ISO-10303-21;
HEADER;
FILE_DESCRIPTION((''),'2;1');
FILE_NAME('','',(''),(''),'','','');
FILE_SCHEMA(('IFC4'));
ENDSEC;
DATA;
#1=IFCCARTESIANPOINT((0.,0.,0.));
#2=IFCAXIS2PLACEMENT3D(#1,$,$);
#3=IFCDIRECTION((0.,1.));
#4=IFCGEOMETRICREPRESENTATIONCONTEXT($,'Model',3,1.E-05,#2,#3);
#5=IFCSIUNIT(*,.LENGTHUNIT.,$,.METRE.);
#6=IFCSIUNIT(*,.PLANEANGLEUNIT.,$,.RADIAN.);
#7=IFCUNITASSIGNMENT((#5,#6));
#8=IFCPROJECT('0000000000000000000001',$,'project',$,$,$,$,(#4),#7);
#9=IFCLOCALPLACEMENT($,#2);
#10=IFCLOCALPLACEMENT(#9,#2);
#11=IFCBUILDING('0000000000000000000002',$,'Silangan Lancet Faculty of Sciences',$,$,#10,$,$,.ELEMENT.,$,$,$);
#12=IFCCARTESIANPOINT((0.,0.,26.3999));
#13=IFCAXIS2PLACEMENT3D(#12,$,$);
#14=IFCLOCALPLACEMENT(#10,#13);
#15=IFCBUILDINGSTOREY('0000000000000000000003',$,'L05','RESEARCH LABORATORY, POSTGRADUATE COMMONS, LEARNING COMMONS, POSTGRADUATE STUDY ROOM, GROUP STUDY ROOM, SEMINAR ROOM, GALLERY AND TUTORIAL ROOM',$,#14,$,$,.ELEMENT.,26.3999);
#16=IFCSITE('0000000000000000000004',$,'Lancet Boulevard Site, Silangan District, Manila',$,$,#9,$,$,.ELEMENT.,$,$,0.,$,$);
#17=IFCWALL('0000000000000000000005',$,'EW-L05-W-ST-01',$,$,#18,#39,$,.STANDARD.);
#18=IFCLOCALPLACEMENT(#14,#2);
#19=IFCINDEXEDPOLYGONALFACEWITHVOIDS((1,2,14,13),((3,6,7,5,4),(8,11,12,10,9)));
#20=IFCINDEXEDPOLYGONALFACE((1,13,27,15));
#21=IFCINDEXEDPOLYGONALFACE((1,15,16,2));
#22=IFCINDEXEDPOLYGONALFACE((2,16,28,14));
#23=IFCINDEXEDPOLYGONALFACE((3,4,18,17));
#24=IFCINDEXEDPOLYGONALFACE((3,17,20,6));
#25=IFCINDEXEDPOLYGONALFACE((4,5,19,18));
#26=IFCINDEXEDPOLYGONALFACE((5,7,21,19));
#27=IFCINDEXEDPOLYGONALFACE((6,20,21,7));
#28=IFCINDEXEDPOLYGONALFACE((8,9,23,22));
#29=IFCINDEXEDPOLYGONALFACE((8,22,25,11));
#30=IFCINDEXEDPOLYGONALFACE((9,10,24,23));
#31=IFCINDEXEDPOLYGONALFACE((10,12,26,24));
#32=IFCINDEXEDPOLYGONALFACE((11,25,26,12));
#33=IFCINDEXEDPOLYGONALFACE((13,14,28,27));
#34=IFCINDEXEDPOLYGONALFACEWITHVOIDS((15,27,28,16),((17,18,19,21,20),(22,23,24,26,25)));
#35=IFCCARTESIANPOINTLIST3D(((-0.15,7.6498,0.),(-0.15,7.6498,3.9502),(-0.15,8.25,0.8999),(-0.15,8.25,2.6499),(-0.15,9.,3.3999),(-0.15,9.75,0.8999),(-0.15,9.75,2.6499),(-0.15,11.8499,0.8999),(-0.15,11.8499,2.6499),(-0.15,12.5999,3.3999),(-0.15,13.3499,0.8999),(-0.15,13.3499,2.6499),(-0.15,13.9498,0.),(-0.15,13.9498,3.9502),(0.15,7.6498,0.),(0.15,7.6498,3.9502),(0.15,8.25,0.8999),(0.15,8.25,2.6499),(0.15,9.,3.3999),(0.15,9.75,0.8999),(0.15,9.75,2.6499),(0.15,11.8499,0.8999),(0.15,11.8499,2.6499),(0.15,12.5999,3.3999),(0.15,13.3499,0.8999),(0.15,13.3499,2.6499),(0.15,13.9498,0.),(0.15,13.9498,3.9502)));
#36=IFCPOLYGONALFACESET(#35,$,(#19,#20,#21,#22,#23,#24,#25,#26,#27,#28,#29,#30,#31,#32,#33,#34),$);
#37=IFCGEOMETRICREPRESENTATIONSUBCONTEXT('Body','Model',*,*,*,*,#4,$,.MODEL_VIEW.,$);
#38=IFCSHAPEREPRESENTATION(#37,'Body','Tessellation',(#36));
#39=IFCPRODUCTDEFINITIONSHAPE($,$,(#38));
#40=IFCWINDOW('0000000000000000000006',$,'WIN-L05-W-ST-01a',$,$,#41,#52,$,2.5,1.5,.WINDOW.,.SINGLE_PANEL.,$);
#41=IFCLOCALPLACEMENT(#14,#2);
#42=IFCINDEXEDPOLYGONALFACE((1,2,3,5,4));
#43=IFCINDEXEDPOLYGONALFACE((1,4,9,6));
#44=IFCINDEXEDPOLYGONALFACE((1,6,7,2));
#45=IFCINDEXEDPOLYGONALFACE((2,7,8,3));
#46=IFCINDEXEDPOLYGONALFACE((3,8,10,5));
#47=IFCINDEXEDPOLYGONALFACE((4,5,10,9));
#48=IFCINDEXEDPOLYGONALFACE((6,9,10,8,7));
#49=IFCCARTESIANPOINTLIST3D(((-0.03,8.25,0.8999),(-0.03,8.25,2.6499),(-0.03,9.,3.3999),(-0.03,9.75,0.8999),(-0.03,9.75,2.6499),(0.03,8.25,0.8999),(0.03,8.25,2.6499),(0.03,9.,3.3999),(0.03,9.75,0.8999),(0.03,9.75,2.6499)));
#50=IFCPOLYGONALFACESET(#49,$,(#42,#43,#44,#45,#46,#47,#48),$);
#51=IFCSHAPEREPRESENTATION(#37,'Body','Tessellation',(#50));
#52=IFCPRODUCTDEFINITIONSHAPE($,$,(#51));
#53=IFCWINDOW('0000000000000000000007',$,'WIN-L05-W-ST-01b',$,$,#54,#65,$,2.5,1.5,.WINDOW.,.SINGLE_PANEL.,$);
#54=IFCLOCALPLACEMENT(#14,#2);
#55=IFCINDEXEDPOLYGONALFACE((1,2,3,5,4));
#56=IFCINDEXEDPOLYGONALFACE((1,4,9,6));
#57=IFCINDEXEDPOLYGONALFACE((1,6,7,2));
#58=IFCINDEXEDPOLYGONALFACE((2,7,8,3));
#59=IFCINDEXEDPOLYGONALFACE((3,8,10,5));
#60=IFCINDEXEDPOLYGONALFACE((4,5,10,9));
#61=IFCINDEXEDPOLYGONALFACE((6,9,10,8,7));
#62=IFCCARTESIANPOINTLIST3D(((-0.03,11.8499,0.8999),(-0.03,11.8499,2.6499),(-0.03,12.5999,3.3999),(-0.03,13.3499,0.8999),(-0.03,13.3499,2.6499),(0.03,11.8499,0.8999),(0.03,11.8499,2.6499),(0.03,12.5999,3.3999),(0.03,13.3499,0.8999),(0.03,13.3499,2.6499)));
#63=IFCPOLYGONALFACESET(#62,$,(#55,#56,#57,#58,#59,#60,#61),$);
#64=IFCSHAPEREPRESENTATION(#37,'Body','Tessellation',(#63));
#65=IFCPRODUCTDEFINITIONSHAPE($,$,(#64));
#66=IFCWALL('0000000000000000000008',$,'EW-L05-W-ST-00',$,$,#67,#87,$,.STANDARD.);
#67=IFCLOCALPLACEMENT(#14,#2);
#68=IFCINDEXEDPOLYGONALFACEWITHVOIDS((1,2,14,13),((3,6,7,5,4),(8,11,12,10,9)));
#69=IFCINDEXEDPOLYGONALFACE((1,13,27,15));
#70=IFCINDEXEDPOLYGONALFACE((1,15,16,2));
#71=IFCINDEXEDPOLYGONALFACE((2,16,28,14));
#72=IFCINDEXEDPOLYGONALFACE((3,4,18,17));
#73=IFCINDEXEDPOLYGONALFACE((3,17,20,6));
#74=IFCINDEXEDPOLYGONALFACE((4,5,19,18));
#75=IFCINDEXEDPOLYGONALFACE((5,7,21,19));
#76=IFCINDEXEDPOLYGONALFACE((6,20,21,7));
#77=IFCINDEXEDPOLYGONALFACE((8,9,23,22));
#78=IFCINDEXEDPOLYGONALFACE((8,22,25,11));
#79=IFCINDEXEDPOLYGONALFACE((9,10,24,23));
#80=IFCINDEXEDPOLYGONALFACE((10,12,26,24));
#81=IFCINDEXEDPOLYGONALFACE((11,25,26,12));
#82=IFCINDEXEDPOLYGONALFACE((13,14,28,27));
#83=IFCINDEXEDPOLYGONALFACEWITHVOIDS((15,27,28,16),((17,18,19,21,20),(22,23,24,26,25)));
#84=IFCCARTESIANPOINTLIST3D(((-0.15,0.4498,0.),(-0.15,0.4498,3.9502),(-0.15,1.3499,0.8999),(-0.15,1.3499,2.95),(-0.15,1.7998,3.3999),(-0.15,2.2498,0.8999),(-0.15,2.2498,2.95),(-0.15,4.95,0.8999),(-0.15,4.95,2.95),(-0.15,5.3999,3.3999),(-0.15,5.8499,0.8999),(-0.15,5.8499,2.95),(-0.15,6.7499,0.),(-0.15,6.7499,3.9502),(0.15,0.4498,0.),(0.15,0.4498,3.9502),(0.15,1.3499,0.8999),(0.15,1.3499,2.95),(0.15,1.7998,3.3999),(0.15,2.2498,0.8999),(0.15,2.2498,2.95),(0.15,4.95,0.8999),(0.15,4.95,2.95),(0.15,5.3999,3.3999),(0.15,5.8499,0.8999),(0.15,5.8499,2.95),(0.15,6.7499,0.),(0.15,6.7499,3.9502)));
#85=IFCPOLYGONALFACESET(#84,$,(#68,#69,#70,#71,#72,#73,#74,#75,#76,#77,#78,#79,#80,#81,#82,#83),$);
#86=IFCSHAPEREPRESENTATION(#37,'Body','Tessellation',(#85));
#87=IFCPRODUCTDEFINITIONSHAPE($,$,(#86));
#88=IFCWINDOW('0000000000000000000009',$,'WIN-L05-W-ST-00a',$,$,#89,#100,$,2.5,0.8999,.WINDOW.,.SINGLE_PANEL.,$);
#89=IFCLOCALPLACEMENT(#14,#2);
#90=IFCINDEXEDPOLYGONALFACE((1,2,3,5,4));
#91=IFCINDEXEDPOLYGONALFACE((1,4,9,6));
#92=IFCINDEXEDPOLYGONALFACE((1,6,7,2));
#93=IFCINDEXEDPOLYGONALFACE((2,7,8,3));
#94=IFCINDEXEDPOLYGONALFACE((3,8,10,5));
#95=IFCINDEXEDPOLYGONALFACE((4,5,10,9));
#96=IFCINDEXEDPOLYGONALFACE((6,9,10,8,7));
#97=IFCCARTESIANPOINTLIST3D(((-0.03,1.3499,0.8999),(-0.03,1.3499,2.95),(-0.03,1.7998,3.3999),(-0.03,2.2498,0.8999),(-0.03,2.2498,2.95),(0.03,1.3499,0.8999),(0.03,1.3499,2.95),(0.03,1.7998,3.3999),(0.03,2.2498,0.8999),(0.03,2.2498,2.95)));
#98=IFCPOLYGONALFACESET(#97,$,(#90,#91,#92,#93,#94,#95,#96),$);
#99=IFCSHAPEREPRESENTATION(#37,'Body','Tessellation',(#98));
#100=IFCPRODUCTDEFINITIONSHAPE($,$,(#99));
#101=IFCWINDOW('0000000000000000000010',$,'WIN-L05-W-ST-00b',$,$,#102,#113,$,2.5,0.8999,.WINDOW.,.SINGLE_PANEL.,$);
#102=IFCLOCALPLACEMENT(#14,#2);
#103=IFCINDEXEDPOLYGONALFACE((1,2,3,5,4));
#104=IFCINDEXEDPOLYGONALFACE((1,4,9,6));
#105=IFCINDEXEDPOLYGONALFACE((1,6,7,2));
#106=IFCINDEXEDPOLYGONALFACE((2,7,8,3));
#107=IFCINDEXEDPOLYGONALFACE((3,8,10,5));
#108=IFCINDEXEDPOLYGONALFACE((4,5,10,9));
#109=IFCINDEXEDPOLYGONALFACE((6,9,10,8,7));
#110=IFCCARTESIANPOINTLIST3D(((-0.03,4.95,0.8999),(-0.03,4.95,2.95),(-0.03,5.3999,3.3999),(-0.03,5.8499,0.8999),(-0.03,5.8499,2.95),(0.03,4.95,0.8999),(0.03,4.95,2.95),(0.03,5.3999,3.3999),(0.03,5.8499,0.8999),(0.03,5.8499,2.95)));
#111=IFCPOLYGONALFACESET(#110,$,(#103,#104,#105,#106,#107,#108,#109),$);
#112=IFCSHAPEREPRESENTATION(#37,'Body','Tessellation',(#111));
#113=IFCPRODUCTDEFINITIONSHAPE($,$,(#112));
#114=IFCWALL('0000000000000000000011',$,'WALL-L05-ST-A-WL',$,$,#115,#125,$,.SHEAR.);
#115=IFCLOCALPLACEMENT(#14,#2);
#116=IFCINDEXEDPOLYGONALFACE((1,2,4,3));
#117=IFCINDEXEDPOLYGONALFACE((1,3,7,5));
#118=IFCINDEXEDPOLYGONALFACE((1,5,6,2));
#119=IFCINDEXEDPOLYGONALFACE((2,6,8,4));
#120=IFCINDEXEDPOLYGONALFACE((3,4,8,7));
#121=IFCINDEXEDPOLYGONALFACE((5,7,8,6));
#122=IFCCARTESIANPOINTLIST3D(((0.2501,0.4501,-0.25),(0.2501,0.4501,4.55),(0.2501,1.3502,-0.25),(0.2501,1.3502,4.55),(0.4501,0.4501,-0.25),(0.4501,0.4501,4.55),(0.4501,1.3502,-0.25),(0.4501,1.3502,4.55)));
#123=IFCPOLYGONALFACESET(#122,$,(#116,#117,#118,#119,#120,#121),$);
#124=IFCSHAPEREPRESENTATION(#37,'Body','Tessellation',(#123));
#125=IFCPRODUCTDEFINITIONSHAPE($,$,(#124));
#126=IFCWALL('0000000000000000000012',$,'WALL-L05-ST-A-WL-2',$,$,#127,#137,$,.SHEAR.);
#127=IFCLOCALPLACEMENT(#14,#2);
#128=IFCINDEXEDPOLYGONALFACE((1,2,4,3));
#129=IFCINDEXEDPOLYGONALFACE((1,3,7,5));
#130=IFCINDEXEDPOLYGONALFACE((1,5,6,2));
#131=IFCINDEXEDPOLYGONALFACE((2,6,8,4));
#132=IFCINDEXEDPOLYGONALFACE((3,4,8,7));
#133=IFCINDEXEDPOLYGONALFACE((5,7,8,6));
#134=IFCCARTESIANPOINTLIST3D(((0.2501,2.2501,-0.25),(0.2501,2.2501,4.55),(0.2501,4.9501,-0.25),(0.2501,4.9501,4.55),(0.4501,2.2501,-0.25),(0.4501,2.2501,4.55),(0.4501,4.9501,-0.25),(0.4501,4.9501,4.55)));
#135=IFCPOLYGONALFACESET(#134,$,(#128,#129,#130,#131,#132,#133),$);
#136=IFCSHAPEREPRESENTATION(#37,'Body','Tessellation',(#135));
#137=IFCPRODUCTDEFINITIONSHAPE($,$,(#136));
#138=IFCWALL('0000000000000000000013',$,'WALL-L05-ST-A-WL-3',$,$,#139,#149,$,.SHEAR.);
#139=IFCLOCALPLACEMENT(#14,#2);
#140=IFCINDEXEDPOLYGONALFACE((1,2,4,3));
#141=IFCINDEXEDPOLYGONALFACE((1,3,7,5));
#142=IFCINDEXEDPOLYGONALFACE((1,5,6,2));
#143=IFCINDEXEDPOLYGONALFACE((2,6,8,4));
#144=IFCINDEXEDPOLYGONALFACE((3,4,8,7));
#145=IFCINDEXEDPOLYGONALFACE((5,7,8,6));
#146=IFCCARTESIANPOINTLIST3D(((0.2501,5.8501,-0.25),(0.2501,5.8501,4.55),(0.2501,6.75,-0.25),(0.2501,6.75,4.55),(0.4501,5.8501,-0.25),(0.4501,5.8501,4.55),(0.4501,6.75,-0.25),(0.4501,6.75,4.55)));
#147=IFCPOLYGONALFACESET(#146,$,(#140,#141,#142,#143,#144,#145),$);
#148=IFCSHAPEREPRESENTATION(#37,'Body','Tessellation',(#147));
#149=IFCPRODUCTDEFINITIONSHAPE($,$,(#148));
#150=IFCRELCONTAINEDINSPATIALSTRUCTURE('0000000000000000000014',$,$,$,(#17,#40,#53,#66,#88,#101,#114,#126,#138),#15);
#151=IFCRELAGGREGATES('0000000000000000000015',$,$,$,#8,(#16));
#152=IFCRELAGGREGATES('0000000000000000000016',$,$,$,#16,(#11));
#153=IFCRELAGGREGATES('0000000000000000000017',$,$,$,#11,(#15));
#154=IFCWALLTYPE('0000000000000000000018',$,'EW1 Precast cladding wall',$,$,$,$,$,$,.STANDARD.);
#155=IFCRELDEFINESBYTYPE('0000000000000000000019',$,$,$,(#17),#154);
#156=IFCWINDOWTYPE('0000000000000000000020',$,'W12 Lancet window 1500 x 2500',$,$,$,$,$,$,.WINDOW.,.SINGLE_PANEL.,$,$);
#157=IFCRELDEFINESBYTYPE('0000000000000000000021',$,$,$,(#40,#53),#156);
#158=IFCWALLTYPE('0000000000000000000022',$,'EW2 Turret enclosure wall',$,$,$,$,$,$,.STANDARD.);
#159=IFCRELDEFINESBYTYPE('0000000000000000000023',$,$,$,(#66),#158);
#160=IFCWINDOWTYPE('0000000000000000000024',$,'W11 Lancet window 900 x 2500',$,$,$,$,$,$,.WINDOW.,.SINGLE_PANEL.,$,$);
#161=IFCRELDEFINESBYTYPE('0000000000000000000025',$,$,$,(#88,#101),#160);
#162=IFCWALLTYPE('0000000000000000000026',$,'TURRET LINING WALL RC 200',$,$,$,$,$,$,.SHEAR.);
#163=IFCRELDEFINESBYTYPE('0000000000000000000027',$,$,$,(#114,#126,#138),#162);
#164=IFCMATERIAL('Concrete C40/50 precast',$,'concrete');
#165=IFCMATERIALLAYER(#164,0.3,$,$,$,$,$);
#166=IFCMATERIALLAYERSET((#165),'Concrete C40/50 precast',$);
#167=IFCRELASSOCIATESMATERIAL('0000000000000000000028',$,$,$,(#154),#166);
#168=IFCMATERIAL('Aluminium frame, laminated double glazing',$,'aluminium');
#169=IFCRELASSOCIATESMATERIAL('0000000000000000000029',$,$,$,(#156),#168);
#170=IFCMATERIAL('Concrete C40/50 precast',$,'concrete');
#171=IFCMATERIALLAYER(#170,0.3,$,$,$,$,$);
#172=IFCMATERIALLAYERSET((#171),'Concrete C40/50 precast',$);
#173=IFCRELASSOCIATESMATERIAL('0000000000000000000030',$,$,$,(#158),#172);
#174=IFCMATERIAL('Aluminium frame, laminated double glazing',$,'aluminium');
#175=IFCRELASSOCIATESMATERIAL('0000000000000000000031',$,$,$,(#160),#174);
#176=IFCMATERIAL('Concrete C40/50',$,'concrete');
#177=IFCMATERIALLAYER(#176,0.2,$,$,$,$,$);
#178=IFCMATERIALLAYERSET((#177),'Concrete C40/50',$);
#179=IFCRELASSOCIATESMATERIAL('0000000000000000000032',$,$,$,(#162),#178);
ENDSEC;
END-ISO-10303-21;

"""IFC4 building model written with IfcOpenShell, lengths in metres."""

from ifc_helpers import new_model, si_unit, direction, frame, frame_2d, origin, place, context, subcontext, project, spatial, polyline, rectangle, outline, extrude, material, layer, layer_set, type_object, element, fill, save


model = new_model("IFC4")

# Units and contexts
model_context = context("Model", 3, precision=1e-05, world=origin(), true_north=direction((0.0, 1.0)))
body_context = subcontext(model_context, "Body", "Model", "MODEL_VIEW")
ifc_project = project(units=[si_unit("LENGTHUNIT", "METRE"), si_unit("PLANEANGLEUNIT", "RADIAN")], contexts=[model_context])

# Site, building, storey
site_placement = place(None, origin())
site = spatial("IfcSite", under=ifc_project, at=site_placement, Name="Lancet Boulevard Site, Silangan District, Manila", CompositionType="ELEMENT", RefElevation=0.0)
building_placement = place(site_placement, origin())
building = spatial("IfcBuilding", under=site, at=building_placement, Name="Silangan Lancet Faculty of Sciences", CompositionType="ELEMENT")
storey_placement = place(building_placement, frame((0.0, 0.0, 26.3999)))
storey = spatial("IfcBuildingStorey", under=building, at=storey_placement, Name="L05", Description="RESEARCH LABORATORY, POSTGRADUATE COMMONS, LEARNING COMMONS, POSTGRADUATE STUDY ROOM, GROUP STUDY ROOM, SEMINAR ROOM, GALLERY AND TUTORIAL ROOM", CompositionType="ELEMENT", Elevation=26.3999)

# Walls, openings, windows
ifc_material_1 = material(Name="Concrete C40/50 precast", Category="concrete")
ifc_layer_1 = layer(ifc_material_1, 0.3)
ifc_layer_set_1 = layer_set([ifc_layer_1], Name="Concrete C40/50 precast")
wall_type_1 = type_object("IfcWallType", Name="EW1 Precast cladding wall", PredefinedType="STANDARD", material=ifc_layer_set_1)
wall_1_placement = place(storey_placement, frame((0.0, 7.6499, 0.0), z_axis=(0.0, 0.0, 1.0), x_axis=(0.0, 1.0, 0.0)))
wall_1 = element("IfcWall", 1, at=wall_1_placement, inside=storey, type_object=wall_type_1, Name="EW-L05-W-ST-01", PredefinedType="STANDARD", context=body_context, shape_type="SweptSolid", body=[
    extrude(rectangle(XDim=6.3, YDim=0.3, at=frame_2d((3.1499, 0.0))), origin(), (0.0, 0.0, 1.0), 3.9502),
])
opening_1_placement = place(wall_1_placement, frame((0.6001, 0.0, 0.8999)))
opening_1 = element("IfcOpeningElement", 2, at=opening_1_placement, cuts=wall_1, PredefinedType="OPENING", context=body_context, shape_type="SweptSolid", body=[
    extrude(outline(polyline([(0.0, 0.0), (1.5, 0.0), (1.5, 1.75), (0.75, 2.5), (0.0, 1.75), (0.0, 0.0)])), frame((0.0, 0.1599, 0.0), z_axis=(0.0, -1.0, 0.0), x_axis=(1.0, 0.0, 0.0)), (0.0, 0.0, 1.0), 0.3201),
])
opening_2_placement = place(wall_1_placement, frame((4.2, 0.0, 0.8999)))
opening_2 = element("IfcOpeningElement", 3, at=opening_2_placement, cuts=wall_1, PredefinedType="OPENING", context=body_context, shape_type="SweptSolid", body=[
    extrude(outline(polyline([(0.0, 0.0), (1.5, 0.0), (1.5, 1.75), (0.75, 2.5), (0.0, 1.75), (0.0, 0.0)])), frame((0.0, 0.1599, 0.0), z_axis=(0.0, -1.0, 0.0), x_axis=(1.0, 0.0, 0.0)), (0.0, 0.0, 1.0), 0.3201),
])
ifc_material_2 = material(Name="Aluminium frame, laminated double glazing", Category="aluminium")
window_type_1 = type_object("IfcWindowType", Name="W12 Lancet window 1500 x 2500", PartitioningType="SINGLE_PANEL", PredefinedType="WINDOW", material=ifc_material_2)
window_1_placement = place(opening_1_placement, origin())
window_1 = element("IfcWindow", 4, at=window_1_placement, inside=storey, type_object=window_type_1, Name="WIN-L05-W-ST-01a", OverallHeight=2.5, OverallWidth=1.5, PartitioningType="SINGLE_PANEL", PredefinedType="WINDOW", context=body_context, shape_type="SweptSolid", body=[
    extrude(outline(polyline([(0.0, 0.0), (1.5, 0.0), (1.5, 1.75), (0.75, 2.5), (0.0, 1.75), (0.0, 0.0)])), frame((0.0, 0.03, 0.0), z_axis=(0.0, -1.0, 0.0), x_axis=(1.0, 0.0, 0.0)), (0.0, 0.0, 1.0), 0.0601),
])
fill(opening_1, window_1)
window_2_placement = place(opening_2_placement, origin())
window_2 = element("IfcWindow", 5, at=window_2_placement, inside=storey, type_object=window_type_1, Name="WIN-L05-W-ST-01b", OverallHeight=2.5, OverallWidth=1.5, PartitioningType="SINGLE_PANEL", PredefinedType="WINDOW", context=body_context, shape_type="SweptSolid", body=[
    extrude(outline(polyline([(0.0, 0.0), (1.5, 0.0), (1.5, 1.75), (0.75, 2.5), (0.0, 1.75), (0.0, 0.0)])), frame((0.0, 0.03, 0.0), z_axis=(0.0, -1.0, 0.0), x_axis=(1.0, 0.0, 0.0)), (0.0, 0.0, 1.0), 0.0601),
])
fill(opening_2, window_2)
ifc_material_3 = material(Name="Concrete C40/50 precast", Category="concrete")
ifc_layer_2 = layer(ifc_material_3, 0.3)
ifc_layer_set_2 = layer_set([ifc_layer_2], Name="Concrete C40/50 precast")
wall_type_2 = type_object("IfcWallType", Name="EW2 Turret enclosure wall", PredefinedType="STANDARD", material=ifc_layer_set_2)
wall_2_placement = place(storey_placement, frame((0.0, 0.45, 0.0), z_axis=(0.0, 0.0, 1.0), x_axis=(0.0, 1.0, 0.0)))
wall_2 = element("IfcWall", 6, at=wall_2_placement, inside=storey, type_object=wall_type_2, Name="EW-L05-W-ST-00", PredefinedType="STANDARD", context=body_context, shape_type="SweptSolid", body=[
    extrude(rectangle(XDim=6.3, YDim=0.3, at=frame_2d((3.1499, 0.0))), origin(), (0.0, 0.0, 1.0), 3.9502),
])
opening_3_placement = place(wall_2_placement, frame((0.8999, 0.0, 0.8999)))
opening_3 = element("IfcOpeningElement", 7, at=opening_3_placement, cuts=wall_2, PredefinedType="OPENING", context=body_context, shape_type="SweptSolid", body=[
    extrude(outline(polyline([(0.0, 0.0), (0.8999, 0.0), (0.8999, 2.05), (0.45, 2.5), (0.0, 2.05), (0.0, 0.0)])), frame((0.0, 0.1599, 0.0), z_axis=(0.0, -1.0, 0.0), x_axis=(1.0, 0.0, 0.0)), (0.0, 0.0, 1.0), 0.3201),
])
opening_4_placement = place(wall_2_placement, frame((4.5, 0.0, 0.8999)))
opening_4 = element("IfcOpeningElement", 8, at=opening_4_placement, cuts=wall_2, PredefinedType="OPENING", context=body_context, shape_type="SweptSolid", body=[
    extrude(outline(polyline([(0.0, 0.0), (0.8999, 0.0), (0.8999, 2.05), (0.45, 2.5), (0.0, 2.05), (0.0, 0.0)])), frame((0.0, 0.1599, 0.0), z_axis=(0.0, -1.0, 0.0), x_axis=(1.0, 0.0, 0.0)), (0.0, 0.0, 1.0), 0.3201),
])
ifc_material_4 = material(Name="Aluminium frame, laminated double glazing", Category="aluminium")
window_type_2 = type_object("IfcWindowType", Name="W11 Lancet window 900 x 2500", PartitioningType="SINGLE_PANEL", PredefinedType="WINDOW", material=ifc_material_4)
window_3_placement = place(opening_3_placement, origin())
window_3 = element("IfcWindow", 9, at=window_3_placement, inside=storey, type_object=window_type_2, Name="WIN-L05-W-ST-00a", OverallHeight=2.5, OverallWidth=0.8999, PartitioningType="SINGLE_PANEL", PredefinedType="WINDOW", context=body_context, shape_type="SweptSolid", body=[
    extrude(outline(polyline([(0.0, 0.0), (0.8999, 0.0), (0.8999, 2.05), (0.45, 2.5), (0.0, 2.05), (0.0, 0.0)])), frame((0.0, 0.03, 0.0), z_axis=(0.0, -1.0, 0.0), x_axis=(1.0, 0.0, 0.0)), (0.0, 0.0, 1.0), 0.0601),
])
fill(opening_3, window_3)
window_4_placement = place(opening_4_placement, origin())
window_4 = element("IfcWindow", 10, at=window_4_placement, inside=storey, type_object=window_type_2, Name="WIN-L05-W-ST-00b", OverallHeight=2.5, OverallWidth=0.8999, PartitioningType="SINGLE_PANEL", PredefinedType="WINDOW", context=body_context, shape_type="SweptSolid", body=[
    extrude(outline(polyline([(0.0, 0.0), (0.8999, 0.0), (0.8999, 2.05), (0.45, 2.5), (0.0, 2.05), (0.0, 0.0)])), frame((0.0, 0.03, 0.0), z_axis=(0.0, -1.0, 0.0), x_axis=(1.0, 0.0, 0.0)), (0.0, 0.0, 1.0), 0.0601),
])
fill(opening_4, window_4)

# Walls
ifc_material_5 = material(Name="Concrete C40/50", Category="concrete")
ifc_layer_3 = layer(ifc_material_5, 0.2)
ifc_layer_set_3 = layer_set([ifc_layer_3], Name="Concrete C40/50")
wall_type_3 = type_object("IfcWallType", Name="TURRET LINING WALL RC 200", PredefinedType="SHEAR", material=ifc_layer_set_3)
wall_3_placement = place(storey_placement, frame((0.3501, 0.45, -0.25), z_axis=(0.0, 0.0, 1.0), x_axis=(0.0, 1.0, 0.0)))
element("IfcWall", 11, at=wall_3_placement, inside=storey, type_object=wall_type_3, Name="WALL-L05-ST-A-WL", PredefinedType="SHEAR", context=body_context, shape_type="SweptSolid", body=[
    extrude(rectangle(XDim=0.9001, YDim=0.2, at=frame_2d((0.4502, 0.0))), origin(), (0.0, 0.0, 1.0), 4.8),
])
wall_4_placement = place(storey_placement, frame((0.3501, 2.25, -0.25), z_axis=(0.0, 0.0, 1.0), x_axis=(0.0, 1.0, 0.0)))
element("IfcWall", 12, at=wall_4_placement, inside=storey, type_object=wall_type_3, Name="WALL-L05-ST-A-WL-2", PredefinedType="SHEAR", context=body_context, shape_type="SweptSolid", body=[
    extrude(rectangle(XDim=2.7, YDim=0.2, at=frame_2d((1.3501, 0.0))), origin(), (0.0, 0.0, 1.0), 4.8),
])
wall_5_placement = place(storey_placement, frame((0.3501, 5.8501, -0.25), z_axis=(0.0, 0.0, 1.0), x_axis=(0.0, 1.0, 0.0)))
element("IfcWall", 13, at=wall_5_placement, inside=storey, type_object=wall_type_3, Name="WALL-L05-ST-A-WL-3", PredefinedType="SHEAR", context=body_context, shape_type="SweptSolid", body=[
    extrude(rectangle(XDim=0.8999, YDim=0.2, at=frame_2d((0.45, 0.0))), origin(), (0.0, 0.0, 1.0), 4.8),
])

save(model, "model.ifc")
